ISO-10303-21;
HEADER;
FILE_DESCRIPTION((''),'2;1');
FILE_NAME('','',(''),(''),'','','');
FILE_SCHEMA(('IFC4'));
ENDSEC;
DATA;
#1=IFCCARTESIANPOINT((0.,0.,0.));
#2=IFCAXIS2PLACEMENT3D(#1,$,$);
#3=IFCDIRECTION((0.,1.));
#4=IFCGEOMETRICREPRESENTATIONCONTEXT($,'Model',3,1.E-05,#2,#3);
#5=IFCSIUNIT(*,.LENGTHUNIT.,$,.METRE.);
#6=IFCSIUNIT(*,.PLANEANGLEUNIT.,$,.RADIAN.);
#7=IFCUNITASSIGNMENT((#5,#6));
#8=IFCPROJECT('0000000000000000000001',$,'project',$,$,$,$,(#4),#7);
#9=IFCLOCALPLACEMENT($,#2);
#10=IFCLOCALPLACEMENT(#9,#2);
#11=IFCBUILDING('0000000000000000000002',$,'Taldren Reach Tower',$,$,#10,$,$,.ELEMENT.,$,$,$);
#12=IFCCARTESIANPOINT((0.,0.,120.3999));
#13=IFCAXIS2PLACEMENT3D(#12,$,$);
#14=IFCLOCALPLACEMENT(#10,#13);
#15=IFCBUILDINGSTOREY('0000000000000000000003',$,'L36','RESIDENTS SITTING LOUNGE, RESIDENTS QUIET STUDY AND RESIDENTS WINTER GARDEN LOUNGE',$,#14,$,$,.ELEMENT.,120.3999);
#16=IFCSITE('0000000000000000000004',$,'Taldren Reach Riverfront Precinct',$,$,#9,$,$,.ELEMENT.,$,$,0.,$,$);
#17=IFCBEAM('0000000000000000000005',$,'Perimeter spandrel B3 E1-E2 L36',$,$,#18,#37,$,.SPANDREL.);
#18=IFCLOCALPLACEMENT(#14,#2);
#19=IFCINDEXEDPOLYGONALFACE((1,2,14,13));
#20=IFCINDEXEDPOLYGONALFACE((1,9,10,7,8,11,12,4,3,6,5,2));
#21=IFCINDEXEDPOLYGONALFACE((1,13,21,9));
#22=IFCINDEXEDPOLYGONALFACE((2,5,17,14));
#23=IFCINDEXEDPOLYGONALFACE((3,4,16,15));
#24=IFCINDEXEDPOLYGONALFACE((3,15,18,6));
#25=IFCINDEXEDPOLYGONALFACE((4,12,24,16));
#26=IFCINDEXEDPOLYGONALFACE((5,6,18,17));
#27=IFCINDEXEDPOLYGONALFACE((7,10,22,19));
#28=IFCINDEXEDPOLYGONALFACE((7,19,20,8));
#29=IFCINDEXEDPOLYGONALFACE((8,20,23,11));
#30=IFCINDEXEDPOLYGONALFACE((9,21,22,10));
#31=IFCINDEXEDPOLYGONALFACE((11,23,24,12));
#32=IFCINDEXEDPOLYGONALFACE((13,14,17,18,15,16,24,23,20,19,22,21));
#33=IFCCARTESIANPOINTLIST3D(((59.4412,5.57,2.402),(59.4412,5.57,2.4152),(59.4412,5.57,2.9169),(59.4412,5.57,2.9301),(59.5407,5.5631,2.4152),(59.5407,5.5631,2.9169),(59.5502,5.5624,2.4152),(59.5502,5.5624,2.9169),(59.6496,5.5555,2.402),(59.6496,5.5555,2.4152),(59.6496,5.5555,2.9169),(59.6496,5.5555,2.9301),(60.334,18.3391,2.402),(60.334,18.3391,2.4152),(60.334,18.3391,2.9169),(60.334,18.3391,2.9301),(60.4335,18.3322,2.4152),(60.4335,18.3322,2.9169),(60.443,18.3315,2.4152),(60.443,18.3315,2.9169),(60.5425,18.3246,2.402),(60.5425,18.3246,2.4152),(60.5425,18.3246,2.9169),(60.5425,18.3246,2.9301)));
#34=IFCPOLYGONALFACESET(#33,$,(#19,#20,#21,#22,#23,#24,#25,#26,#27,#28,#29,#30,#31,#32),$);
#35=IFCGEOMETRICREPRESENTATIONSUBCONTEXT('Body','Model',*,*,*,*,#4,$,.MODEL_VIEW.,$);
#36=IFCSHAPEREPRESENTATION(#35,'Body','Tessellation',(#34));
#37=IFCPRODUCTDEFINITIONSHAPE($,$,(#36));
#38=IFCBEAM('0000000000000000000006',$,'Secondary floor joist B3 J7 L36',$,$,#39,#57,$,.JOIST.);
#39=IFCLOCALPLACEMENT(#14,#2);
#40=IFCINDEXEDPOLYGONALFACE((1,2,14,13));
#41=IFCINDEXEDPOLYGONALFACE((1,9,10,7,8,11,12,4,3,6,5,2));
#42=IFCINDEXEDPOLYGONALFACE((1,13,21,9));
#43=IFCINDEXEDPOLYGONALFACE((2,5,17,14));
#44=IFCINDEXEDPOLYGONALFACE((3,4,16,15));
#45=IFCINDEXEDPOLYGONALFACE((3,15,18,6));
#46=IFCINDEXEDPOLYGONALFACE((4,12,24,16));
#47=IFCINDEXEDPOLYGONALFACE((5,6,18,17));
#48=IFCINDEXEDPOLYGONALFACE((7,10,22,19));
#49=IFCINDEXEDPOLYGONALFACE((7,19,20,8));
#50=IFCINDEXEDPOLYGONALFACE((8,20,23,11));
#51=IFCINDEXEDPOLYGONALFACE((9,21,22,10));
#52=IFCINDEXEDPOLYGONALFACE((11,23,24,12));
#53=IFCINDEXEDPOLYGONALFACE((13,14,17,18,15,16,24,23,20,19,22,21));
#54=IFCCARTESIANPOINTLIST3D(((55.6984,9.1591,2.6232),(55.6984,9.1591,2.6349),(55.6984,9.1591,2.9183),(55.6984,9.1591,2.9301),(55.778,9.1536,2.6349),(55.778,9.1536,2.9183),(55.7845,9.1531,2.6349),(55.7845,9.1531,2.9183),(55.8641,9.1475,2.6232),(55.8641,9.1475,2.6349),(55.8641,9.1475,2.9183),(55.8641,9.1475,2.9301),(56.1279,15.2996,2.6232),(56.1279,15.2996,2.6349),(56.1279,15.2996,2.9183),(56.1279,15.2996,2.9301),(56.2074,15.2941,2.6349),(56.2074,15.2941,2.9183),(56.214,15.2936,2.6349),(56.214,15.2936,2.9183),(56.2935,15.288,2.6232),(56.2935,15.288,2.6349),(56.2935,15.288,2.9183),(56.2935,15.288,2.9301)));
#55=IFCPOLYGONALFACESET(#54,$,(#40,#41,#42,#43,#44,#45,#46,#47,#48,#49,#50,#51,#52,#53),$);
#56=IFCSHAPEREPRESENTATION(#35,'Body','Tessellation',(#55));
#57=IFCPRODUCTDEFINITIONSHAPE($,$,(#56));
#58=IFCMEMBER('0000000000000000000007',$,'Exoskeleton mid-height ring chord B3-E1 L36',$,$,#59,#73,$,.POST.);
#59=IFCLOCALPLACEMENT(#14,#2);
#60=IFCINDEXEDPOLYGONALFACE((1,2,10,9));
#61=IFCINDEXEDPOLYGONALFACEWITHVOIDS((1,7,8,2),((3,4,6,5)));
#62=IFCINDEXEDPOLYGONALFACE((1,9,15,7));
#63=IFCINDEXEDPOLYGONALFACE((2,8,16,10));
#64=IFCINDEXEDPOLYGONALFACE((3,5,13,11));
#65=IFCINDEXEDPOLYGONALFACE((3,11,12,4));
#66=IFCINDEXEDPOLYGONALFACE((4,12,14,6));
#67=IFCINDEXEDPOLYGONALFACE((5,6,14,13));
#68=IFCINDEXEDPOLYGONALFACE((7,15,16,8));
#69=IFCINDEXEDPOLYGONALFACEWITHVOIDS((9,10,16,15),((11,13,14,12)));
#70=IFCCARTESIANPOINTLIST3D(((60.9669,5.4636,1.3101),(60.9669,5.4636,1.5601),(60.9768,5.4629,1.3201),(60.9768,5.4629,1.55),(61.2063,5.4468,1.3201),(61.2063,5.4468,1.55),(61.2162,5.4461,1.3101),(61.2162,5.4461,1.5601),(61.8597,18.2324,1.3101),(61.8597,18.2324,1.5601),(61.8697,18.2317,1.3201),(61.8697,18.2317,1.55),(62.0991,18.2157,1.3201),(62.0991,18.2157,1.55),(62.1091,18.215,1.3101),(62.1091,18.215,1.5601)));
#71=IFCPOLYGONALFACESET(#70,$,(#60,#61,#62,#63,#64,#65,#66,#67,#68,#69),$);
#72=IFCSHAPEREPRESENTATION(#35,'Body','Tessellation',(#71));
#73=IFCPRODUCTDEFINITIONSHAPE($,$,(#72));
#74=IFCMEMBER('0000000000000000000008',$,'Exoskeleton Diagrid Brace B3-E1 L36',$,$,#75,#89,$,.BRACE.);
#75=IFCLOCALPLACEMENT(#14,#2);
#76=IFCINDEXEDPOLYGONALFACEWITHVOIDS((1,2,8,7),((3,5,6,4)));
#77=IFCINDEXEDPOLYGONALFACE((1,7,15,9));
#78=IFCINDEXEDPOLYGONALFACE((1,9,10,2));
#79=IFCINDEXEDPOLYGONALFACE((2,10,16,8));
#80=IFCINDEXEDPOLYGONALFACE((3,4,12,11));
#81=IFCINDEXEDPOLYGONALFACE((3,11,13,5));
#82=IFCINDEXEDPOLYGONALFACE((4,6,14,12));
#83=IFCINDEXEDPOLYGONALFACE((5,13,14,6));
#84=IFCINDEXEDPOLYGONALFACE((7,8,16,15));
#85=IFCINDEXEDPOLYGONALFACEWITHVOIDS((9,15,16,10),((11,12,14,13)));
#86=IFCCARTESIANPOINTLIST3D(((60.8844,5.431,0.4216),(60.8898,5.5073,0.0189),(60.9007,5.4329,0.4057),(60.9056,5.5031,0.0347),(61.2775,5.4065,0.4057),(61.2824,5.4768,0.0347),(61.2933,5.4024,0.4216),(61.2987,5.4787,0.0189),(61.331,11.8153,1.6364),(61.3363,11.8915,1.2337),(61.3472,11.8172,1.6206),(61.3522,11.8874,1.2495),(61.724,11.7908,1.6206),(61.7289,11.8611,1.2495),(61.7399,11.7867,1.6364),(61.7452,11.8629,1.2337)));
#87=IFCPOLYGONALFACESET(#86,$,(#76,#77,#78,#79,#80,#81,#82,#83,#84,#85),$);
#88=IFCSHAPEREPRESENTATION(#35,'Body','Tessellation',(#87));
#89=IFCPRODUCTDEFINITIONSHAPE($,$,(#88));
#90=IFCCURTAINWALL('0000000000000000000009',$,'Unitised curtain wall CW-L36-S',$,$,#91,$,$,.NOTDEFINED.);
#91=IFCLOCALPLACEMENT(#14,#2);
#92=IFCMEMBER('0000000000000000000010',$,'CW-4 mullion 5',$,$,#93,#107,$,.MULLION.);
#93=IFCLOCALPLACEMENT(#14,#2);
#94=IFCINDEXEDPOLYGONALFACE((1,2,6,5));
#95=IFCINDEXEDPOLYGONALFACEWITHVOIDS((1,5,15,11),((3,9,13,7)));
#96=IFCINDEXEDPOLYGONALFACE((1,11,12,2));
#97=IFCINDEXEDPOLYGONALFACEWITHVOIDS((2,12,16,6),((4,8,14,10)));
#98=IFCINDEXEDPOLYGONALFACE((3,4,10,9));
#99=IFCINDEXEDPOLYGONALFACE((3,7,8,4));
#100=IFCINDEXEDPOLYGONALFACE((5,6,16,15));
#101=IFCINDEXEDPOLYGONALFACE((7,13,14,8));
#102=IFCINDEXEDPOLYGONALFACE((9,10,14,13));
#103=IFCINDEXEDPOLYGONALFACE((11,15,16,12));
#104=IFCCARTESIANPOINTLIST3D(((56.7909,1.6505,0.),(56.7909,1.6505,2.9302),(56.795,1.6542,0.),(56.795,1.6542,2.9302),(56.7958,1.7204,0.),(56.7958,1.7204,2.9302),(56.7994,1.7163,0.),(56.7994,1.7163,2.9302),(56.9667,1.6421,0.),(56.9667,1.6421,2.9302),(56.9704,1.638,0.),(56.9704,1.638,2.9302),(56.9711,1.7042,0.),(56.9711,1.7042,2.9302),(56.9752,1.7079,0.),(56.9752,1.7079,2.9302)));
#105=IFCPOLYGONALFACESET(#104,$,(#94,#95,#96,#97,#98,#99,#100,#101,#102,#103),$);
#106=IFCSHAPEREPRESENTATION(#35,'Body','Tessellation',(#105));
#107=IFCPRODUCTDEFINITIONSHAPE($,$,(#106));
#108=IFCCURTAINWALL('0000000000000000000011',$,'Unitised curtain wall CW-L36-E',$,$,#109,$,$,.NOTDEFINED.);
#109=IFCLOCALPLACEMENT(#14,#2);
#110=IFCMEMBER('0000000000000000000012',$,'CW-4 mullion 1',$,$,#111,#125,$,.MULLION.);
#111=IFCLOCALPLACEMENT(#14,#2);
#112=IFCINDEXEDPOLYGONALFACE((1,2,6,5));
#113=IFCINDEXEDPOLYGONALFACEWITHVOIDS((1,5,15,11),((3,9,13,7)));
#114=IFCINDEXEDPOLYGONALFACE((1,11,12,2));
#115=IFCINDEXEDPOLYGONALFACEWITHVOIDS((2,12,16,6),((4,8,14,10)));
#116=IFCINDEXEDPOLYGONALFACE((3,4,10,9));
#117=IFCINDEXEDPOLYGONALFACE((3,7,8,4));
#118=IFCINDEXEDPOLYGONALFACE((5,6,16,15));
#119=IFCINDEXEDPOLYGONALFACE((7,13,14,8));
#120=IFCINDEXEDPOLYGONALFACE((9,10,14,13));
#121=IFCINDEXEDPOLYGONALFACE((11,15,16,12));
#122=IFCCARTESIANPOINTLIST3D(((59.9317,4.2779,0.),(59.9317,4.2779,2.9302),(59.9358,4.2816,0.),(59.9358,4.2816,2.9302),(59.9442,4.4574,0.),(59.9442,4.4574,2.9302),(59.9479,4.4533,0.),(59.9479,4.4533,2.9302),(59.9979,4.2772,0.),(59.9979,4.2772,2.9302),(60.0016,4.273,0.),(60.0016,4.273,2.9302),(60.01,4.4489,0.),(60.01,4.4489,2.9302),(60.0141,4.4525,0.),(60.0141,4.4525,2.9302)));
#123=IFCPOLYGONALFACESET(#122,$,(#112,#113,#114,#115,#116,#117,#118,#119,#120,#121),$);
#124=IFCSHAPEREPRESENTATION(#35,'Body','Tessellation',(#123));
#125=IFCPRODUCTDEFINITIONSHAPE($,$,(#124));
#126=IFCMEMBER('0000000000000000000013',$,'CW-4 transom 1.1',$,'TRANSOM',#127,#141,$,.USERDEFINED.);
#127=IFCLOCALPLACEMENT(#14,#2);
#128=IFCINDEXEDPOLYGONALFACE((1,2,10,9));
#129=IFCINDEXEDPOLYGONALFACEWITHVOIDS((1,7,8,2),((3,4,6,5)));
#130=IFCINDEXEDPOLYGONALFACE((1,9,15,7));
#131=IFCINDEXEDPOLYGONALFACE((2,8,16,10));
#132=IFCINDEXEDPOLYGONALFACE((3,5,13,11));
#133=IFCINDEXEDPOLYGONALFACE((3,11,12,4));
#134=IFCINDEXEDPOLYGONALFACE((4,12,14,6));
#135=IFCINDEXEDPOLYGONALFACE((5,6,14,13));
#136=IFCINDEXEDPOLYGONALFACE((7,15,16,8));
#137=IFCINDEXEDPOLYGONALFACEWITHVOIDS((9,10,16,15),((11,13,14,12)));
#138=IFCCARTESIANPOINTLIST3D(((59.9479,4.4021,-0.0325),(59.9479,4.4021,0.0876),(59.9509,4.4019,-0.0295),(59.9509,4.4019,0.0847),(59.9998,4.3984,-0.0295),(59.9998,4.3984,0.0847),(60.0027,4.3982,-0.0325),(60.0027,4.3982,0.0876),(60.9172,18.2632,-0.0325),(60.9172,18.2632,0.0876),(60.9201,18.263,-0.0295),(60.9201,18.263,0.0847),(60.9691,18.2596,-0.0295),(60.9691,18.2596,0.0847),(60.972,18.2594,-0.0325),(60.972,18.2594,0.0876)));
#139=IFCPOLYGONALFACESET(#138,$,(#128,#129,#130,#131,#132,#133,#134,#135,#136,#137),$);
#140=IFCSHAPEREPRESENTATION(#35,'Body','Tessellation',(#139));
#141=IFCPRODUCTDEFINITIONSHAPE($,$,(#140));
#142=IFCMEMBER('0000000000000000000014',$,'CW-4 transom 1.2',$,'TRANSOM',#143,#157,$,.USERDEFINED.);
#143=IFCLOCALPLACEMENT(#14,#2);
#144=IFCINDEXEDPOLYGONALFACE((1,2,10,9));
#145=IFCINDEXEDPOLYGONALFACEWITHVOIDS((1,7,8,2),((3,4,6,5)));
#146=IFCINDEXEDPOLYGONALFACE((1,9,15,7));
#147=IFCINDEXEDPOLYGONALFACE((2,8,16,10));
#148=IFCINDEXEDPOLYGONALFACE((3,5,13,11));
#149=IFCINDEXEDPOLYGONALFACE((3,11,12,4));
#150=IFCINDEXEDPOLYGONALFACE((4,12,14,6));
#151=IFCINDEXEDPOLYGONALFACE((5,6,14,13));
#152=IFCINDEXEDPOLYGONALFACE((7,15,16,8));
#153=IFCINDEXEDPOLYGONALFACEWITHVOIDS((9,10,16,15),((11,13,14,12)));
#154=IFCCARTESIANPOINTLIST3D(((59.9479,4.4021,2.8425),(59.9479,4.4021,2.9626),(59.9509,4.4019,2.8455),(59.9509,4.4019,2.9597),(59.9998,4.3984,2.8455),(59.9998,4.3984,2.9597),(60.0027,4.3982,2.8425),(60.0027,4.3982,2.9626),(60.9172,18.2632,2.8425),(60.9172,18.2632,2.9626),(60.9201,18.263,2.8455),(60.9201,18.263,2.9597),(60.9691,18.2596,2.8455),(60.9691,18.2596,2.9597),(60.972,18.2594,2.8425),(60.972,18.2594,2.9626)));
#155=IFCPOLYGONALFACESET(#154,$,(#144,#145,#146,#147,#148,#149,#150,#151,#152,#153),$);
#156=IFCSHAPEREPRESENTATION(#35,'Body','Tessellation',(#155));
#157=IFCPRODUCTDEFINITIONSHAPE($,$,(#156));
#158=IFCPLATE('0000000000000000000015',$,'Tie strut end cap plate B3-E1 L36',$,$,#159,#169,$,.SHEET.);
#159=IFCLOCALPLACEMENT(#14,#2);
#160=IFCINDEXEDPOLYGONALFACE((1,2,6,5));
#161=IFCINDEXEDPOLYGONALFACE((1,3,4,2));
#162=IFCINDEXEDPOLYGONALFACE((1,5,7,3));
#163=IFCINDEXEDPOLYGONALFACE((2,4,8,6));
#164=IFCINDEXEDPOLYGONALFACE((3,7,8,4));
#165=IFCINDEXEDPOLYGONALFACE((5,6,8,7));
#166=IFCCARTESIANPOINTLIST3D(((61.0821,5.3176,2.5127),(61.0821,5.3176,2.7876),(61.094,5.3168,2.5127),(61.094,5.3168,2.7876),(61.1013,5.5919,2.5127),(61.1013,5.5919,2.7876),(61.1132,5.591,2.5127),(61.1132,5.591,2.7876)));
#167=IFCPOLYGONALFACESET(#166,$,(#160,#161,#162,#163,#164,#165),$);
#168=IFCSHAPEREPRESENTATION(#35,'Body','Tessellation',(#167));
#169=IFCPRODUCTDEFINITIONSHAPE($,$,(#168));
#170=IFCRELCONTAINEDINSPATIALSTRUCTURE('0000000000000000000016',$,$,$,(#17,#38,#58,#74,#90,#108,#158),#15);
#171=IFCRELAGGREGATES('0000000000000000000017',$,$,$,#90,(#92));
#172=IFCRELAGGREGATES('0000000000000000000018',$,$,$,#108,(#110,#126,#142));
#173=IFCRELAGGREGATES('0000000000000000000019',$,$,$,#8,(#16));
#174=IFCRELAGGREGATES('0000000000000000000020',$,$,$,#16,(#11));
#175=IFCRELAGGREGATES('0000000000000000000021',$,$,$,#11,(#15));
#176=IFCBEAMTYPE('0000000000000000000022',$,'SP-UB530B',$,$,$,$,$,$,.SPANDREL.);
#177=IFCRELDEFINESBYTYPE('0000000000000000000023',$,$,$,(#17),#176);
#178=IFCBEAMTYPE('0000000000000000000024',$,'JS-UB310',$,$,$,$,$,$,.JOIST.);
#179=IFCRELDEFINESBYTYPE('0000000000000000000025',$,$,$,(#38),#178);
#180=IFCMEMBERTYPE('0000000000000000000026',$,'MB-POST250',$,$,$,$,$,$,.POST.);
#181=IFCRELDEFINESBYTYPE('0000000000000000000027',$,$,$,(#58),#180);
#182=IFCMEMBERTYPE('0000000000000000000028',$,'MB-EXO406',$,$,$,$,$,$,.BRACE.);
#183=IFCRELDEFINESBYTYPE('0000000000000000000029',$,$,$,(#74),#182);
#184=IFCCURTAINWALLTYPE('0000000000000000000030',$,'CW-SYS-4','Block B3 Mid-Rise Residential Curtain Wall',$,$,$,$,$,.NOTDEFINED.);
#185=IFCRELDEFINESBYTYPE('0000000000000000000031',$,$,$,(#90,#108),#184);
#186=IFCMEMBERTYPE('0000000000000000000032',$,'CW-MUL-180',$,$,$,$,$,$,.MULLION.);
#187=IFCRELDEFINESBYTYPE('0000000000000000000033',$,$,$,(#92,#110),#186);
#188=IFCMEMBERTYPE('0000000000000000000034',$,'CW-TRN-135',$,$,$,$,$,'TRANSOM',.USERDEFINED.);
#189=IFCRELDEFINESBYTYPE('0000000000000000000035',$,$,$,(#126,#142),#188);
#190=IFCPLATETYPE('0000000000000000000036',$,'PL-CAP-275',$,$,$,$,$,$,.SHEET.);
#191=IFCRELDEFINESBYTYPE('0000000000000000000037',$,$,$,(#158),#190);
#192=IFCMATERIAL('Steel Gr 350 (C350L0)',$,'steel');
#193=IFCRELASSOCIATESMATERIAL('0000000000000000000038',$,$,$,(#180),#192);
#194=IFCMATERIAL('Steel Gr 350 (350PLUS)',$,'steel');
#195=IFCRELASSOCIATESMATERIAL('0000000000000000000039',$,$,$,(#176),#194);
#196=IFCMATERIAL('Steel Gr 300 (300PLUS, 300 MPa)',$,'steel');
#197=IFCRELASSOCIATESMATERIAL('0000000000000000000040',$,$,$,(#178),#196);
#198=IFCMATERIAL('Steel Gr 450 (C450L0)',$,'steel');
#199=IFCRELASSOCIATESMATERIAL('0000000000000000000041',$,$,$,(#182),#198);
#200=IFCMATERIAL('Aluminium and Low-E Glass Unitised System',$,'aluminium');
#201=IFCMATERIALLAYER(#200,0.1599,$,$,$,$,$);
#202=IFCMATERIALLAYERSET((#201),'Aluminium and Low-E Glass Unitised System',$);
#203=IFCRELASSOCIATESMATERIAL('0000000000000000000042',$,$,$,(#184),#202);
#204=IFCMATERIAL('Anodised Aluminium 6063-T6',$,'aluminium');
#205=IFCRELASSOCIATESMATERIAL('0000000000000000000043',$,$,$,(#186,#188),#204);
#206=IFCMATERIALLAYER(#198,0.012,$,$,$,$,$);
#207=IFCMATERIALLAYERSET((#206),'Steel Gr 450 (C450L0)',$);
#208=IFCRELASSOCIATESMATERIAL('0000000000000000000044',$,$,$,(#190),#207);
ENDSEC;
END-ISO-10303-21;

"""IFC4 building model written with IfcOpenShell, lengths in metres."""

from ifc_helpers import new_model, si_unit, direction, frame, origin, origin_2d, place, context, subcontext, project, spatial, rectangle, hollow_rectangle, i_section, extrude, source, transform, mapped, material, layer, layer_set, material_profile, profile_set, type_object, element, aggregate, save


model = new_model("IFC4")

# Units and contexts
model_context = context("Model", 3, precision=1e-05, world=origin(), true_north=direction((0.0, 1.0)))
body_context = subcontext(model_context, "Body", "Model", "MODEL_VIEW")
ifc_project = project(units=[si_unit("LENGTHUNIT", "METRE"), si_unit("PLANEANGLEUNIT", "RADIAN")], contexts=[model_context])

# Site, building, storey
site_placement = place(None, origin())
site = spatial("IfcSite", under=ifc_project, at=site_placement, Name="Taldren Reach Riverfront Precinct", CompositionType="ELEMENT", RefElevation=0.0)
building_placement = place(site_placement, origin())
building = spatial("IfcBuilding", under=site, at=building_placement, Name="Taldren Reach Tower", CompositionType="ELEMENT")
storey_placement = place(building_placement, frame((0.0, 0.0, 120.3999)))
storey = spatial("IfcBuildingStorey", under=building, at=storey_placement, Name="L36", Description="RESIDENTS SITTING LOUNGE, RESIDENTS QUIET STUDY AND RESIDENTS WINTER GARDEN LOUNGE", CompositionType="ELEMENT", Elevation=120.3999)

# Shared definitions
ifc_material_1 = material(Name="Steel Gr 450 (C450L0)", Category="steel")
ifc_material_2 = material(Name="Steel Gr 350 (350PLUS)", Category="steel")

# Shared definitions
ifc_material_3 = material(Name="Steel Gr 350 (C350L0)", Category="steel")
ifc_material_profile_1 = material_profile(ifc_material_3, hollow_rectangle(XDim=0.25, YDim=0.25, WallThickness=0.01, at=origin_2d()), Name="250x250x10.0SHS")
ifc_profile_set_1 = profile_set([ifc_material_profile_1], Name="Steel Gr 350 (C350L0)")
member_type_1 = type_object("IfcMemberType", Name="MB-POST250", PredefinedType="POST", material=ifc_profile_set_1)

# Beams
ifc_material_profile_2 = material_profile(ifc_material_2, i_section(OverallWidth=0.209, OverallDepth=0.5281, WebThickness=0.0095, FlangeThickness=0.0132, at=origin_2d()), Name="530UB82.0")
ifc_profile_set_2 = profile_set([ifc_material_profile_2], Name="Steel Gr 350 (350PLUS)")
beam_type_1 = type_object("IfcBeamType", Name="SP-UB530B", PredefinedType="SPANDREL", material=ifc_profile_set_2)
shared_shape_1 = source(origin(), body_context, "Body", "SweptSolid", [
    extrude(i_section(OverallWidth=0.209, OverallDepth=0.5281, WebThickness=0.0095, FlangeThickness=0.0132, at=origin_2d()), origin(), (0.0, 0.0, 1.0), 12.8003),
])
beam_1_placement = place(storey_placement, frame((59.5454, 5.5627, 2.666), z_axis=(0.069751, 0.997564, 0.0), x_axis=(-0.997564, 0.069751, 0.0)))
element("IfcBeam", 1, at=beam_1_placement, inside=storey, type_object=beam_type_1, Name="Perimeter spandrel B3 E1-E2 L36", PredefinedType="SPANDREL", context=body_context, shape_type="MappedRepresentation", body=[
    mapped(shared_shape_1, transform((0.0, 0.0, 0.0), scale=1.0)),
])
ifc_material_4 = material(Name="Steel Gr 300 (300PLUS, 300 MPa)", Category="steel")
ifc_material_profile_3 = material_profile(ifc_material_4, i_section(OverallWidth=0.166, OverallDepth=0.3069, WebThickness=0.0066, FlangeThickness=0.0117, at=origin_2d()), Name="310UB46.2")
ifc_profile_set_3 = profile_set([ifc_material_profile_3], Name="Steel Gr 300 (300PLUS, 300 MPa)")
beam_type_2 = type_object("IfcBeamType", Name="JS-UB310", PredefinedType="JOIST", material=ifc_profile_set_3)
shared_shape_2 = source(origin(), body_context, "Body", "SweptSolid", [
    extrude(i_section(OverallWidth=0.166, OverallDepth=0.3069, WebThickness=0.0066, FlangeThickness=0.0117, at=origin_2d()), origin(), (0.0, 0.0, 1.0), 6.1555),
])
beam_2_placement = place(storey_placement, frame((55.7812, 9.1533, 2.7766), z_axis=(0.069764, 0.997563, 0.0), x_axis=(-0.997563, 0.069764, 0.0)))
element("IfcBeam", 2, at=beam_2_placement, inside=storey, type_object=beam_type_2, Name="Secondary floor joist B3 J7 L36", PredefinedType="JOIST", context=body_context, shape_type="MappedRepresentation", body=[
    mapped(shared_shape_2, transform((0.0, 0.0, 0.0), scale=1.0)),
])

# Members
shared_shape_3 = source(origin(), body_context, "Body", "SweptSolid", [
    extrude(hollow_rectangle(XDim=0.25, YDim=0.25, WallThickness=0.01, at=origin_2d()), origin(), (0.0, 0.0, 1.0), 12.8),
])
member_1_placement = place(storey_placement, frame((61.0916, 5.4548, 1.4351), z_axis=(0.069752, 0.997564, 0.0), x_axis=(-0.997564, 0.069752, 0.0)))
element("IfcMember", 3, at=member_1_placement, inside=storey, type_object=member_type_1, Name="Exoskeleton mid-height ring chord B3-E1 L36", PredefinedType="POST", context=body_context, shape_type="MappedRepresentation", body=[
    mapped(shared_shape_3, transform((0.0, 0.0, 0.0), scale=1.0)),
])
ifc_material_profile_4 = material_profile(ifc_material_1, hollow_rectangle(XDim=0.4099, YDim=0.4099, WallThickness=0.0161, at=origin_2d()), Name="410x410x16.0SHS")
ifc_profile_set_4 = profile_set([ifc_material_profile_4], Name="Steel Gr 450 (C450L0)")
member_type_2 = type_object("IfcMemberType", Name="MB-EXO406", PredefinedType="BRACE", material=ifc_profile_set_4)
shared_shape_4 = source(origin(), body_context, "Body", "SweptSolid", [
    extrude(hollow_rectangle(XDim=0.4099, YDim=0.4099, WallThickness=0.0161, at=origin_2d()), origin(), (0.0, 0.0, 1.0), 6.5142),
])
member_2_placement = place(storey_placement, frame((61.0916, 5.4548, 0.2202), z_axis=(0.068548, 0.980062, 0.186493), x_axis=(-0.997563, 0.069772, 0.0)))
element("IfcMember", 4, at=member_2_placement, inside=storey, type_object=member_type_2, Name="Exoskeleton Diagrid Brace B3-E1 L36", PredefinedType="BRACE", context=body_context, shape_type="MappedRepresentation", body=[
    mapped(shared_shape_4, transform((0.0, 0.0, 0.0), scale=1.0)),
])

# Curtain wall, member
ifc_material_5 = material(Name="Aluminium and Low-E Glass Unitised System", Category="aluminium")
ifc_layer_1 = layer(ifc_material_5, 0.1599)
ifc_layer_set_1 = layer_set([ifc_layer_1], Name="Aluminium and Low-E Glass Unitised System")
curtain_wall_type = type_object("IfcCurtainWallType", Name="CW-SYS-4", Description="Block B3 Mid-Rise Residential Curtain Wall", PredefinedType="NOTDEFINED", material=ifc_layer_set_1)
curtain_wall_1_placement = place(storey_placement, origin())
curtain_wall_1 = element("IfcCurtainWall", 5, at=curtain_wall_1_placement, inside=storey, type_object=curtain_wall_type, Name="Unitised curtain wall CW-L36-S", PredefinedType="NOTDEFINED")
ifc_material_6 = material(Name="Anodised Aluminium 6063-T6", Category="aluminium")
ifc_material_profile_5 = material_profile(ifc_material_6, hollow_rectangle(XDim=0.0701, YDim=0.1799, WallThickness=0.0039, at=origin_2d()), Name="ALU-180x70x4RHS")
ifc_profile_set_5 = profile_set([ifc_material_profile_5], Name="Anodised Aluminium 6063-T6")
member_type_3 = type_object("IfcMemberType", Name="CW-MUL-180", PredefinedType="MULLION", material=ifc_profile_set_5)
shared_shape_5 = source(origin(), body_context, "Body", "SweptSolid", [
    extrude(hollow_rectangle(XDim=0.0701, YDim=0.1799, WallThickness=0.0039, at=origin_2d()), origin(), (0.0, 0.0, 1.0), 2.9302),
])
member_3_placement = place(storey_placement, frame((56.8831, 1.6792, 0.0), z_axis=(0.0, 0.0, 1.0), x_axis=(0.069757, 0.997564, 0.0)))
member_3 = element("IfcMember", 6, at=member_3_placement, type_object=member_type_3, Name="CW-4 mullion 5", PredefinedType="MULLION", context=body_context, shape_type="MappedRepresentation", body=[
    mapped(shared_shape_5, transform((0.0, 0.0, 0.0), scale=1.0)),
])

# Curtain wall, members
curtain_wall_2_placement = place(storey_placement, origin())
curtain_wall_2 = element("IfcCurtainWall", 7, at=curtain_wall_2_placement, inside=storey, type_object=curtain_wall_type, Name="Unitised curtain wall CW-L36-E", PredefinedType="NOTDEFINED")
member_4_placement = place(storey_placement, frame((59.9729, 4.3652, 0.0), z_axis=(0.0, 0.0, 1.0), x_axis=(-0.997564, 0.069756, 0.0)))
member_4 = element("IfcMember", 8, at=member_4_placement, type_object=member_type_3, Name="CW-4 mullion 1", PredefinedType="MULLION", context=body_context, shape_type="MappedRepresentation", body=[
    mapped(shared_shape_5, transform((0.0, 0.0, 0.0), scale=1.0)),
])
ifc_material_profile_6 = material_profile(ifc_material_6, hollow_rectangle(XDim=0.0549, YDim=0.1201, WallThickness=0.0029, at=origin_2d()), Name="ALU-120x55x3RHS")
ifc_profile_set_6 = profile_set([ifc_material_profile_6], Name="Anodised Aluminium 6063-T6")
member_type_4 = type_object("IfcMemberType", Name="CW-TRN-135", ElementType="TRANSOM", PredefinedType="USERDEFINED", material=ifc_profile_set_6)
shared_shape_6 = source(origin(), body_context, "Body", "SweptSolid", [
    extrude(hollow_rectangle(XDim=0.0549, YDim=0.1201, WallThickness=0.0029, at=origin_2d()), origin(), (0.0, 0.0, 1.0), 13.895),
])
member_5_placement = place(storey_placement, frame((59.9753, 4.4001, 0.0276), z_axis=(0.069755, 0.997564, 0.0), x_axis=(-0.997564, 0.069755, 0.0)))
member_5 = element("IfcMember", 9, at=member_5_placement, type_object=member_type_4, Name="CW-4 transom 1.1", ObjectType="TRANSOM", PredefinedType="USERDEFINED", context=body_context, shape_type="MappedRepresentation", body=[
    mapped(shared_shape_6, transform((0.0, 0.0, 0.0), scale=1.0)),
])
member_6_placement = place(storey_placement, frame((59.9753, 4.4001, 2.9026), z_axis=(0.069755, 0.997564, 0.0), x_axis=(-0.997564, 0.069755, 0.0)))
member_6 = element("IfcMember", 10, at=member_6_placement, type_object=member_type_4, Name="CW-4 transom 1.2", ObjectType="TRANSOM", PredefinedType="USERDEFINED", context=body_context, shape_type="MappedRepresentation", body=[
    mapped(shared_shape_6, transform((0.0, 0.0, 0.0), scale=1.0)),
])

# Plate
ifc_layer_2 = layer(ifc_material_1, 0.012)
ifc_layer_set_2 = layer_set([ifc_layer_2], Name="Steel Gr 450 (C450L0)")
plate_type_1 = type_object("IfcPlateType", Name="PL-CAP-275", PredefinedType="SHEET", material=ifc_layer_set_2)
shared_shape_7 = source(origin(), body_context, "Body", "SweptSolid", [
    extrude(rectangle(XDim=0.012, YDim=0.2749, at=origin_2d()), origin(), (0.0, 0.0, 1.0), 0.2749),
])
plate_1_placement = place(storey_placement, frame((61.0977, 5.4543, 2.5127), z_axis=(0.0, 0.0, 1.0), x_axis=(0.997564, -0.069756, 0.0)))
element("IfcPlate", 11, at=plate_1_placement, inside=storey, type_object=plate_type_1, Name="Tie strut end cap plate B3-E1 L36", PredefinedType="SHEET", context=body_context, shape_type="MappedRepresentation", body=[
    mapped(shared_shape_7, transform((0.0, 0.0, 0.0), scale=1.0)),
])

aggregate(curtain_wall_1, [member_3])
aggregate(curtain_wall_2, [member_4, member_5, member_6])

save(model, "model.ifc")
